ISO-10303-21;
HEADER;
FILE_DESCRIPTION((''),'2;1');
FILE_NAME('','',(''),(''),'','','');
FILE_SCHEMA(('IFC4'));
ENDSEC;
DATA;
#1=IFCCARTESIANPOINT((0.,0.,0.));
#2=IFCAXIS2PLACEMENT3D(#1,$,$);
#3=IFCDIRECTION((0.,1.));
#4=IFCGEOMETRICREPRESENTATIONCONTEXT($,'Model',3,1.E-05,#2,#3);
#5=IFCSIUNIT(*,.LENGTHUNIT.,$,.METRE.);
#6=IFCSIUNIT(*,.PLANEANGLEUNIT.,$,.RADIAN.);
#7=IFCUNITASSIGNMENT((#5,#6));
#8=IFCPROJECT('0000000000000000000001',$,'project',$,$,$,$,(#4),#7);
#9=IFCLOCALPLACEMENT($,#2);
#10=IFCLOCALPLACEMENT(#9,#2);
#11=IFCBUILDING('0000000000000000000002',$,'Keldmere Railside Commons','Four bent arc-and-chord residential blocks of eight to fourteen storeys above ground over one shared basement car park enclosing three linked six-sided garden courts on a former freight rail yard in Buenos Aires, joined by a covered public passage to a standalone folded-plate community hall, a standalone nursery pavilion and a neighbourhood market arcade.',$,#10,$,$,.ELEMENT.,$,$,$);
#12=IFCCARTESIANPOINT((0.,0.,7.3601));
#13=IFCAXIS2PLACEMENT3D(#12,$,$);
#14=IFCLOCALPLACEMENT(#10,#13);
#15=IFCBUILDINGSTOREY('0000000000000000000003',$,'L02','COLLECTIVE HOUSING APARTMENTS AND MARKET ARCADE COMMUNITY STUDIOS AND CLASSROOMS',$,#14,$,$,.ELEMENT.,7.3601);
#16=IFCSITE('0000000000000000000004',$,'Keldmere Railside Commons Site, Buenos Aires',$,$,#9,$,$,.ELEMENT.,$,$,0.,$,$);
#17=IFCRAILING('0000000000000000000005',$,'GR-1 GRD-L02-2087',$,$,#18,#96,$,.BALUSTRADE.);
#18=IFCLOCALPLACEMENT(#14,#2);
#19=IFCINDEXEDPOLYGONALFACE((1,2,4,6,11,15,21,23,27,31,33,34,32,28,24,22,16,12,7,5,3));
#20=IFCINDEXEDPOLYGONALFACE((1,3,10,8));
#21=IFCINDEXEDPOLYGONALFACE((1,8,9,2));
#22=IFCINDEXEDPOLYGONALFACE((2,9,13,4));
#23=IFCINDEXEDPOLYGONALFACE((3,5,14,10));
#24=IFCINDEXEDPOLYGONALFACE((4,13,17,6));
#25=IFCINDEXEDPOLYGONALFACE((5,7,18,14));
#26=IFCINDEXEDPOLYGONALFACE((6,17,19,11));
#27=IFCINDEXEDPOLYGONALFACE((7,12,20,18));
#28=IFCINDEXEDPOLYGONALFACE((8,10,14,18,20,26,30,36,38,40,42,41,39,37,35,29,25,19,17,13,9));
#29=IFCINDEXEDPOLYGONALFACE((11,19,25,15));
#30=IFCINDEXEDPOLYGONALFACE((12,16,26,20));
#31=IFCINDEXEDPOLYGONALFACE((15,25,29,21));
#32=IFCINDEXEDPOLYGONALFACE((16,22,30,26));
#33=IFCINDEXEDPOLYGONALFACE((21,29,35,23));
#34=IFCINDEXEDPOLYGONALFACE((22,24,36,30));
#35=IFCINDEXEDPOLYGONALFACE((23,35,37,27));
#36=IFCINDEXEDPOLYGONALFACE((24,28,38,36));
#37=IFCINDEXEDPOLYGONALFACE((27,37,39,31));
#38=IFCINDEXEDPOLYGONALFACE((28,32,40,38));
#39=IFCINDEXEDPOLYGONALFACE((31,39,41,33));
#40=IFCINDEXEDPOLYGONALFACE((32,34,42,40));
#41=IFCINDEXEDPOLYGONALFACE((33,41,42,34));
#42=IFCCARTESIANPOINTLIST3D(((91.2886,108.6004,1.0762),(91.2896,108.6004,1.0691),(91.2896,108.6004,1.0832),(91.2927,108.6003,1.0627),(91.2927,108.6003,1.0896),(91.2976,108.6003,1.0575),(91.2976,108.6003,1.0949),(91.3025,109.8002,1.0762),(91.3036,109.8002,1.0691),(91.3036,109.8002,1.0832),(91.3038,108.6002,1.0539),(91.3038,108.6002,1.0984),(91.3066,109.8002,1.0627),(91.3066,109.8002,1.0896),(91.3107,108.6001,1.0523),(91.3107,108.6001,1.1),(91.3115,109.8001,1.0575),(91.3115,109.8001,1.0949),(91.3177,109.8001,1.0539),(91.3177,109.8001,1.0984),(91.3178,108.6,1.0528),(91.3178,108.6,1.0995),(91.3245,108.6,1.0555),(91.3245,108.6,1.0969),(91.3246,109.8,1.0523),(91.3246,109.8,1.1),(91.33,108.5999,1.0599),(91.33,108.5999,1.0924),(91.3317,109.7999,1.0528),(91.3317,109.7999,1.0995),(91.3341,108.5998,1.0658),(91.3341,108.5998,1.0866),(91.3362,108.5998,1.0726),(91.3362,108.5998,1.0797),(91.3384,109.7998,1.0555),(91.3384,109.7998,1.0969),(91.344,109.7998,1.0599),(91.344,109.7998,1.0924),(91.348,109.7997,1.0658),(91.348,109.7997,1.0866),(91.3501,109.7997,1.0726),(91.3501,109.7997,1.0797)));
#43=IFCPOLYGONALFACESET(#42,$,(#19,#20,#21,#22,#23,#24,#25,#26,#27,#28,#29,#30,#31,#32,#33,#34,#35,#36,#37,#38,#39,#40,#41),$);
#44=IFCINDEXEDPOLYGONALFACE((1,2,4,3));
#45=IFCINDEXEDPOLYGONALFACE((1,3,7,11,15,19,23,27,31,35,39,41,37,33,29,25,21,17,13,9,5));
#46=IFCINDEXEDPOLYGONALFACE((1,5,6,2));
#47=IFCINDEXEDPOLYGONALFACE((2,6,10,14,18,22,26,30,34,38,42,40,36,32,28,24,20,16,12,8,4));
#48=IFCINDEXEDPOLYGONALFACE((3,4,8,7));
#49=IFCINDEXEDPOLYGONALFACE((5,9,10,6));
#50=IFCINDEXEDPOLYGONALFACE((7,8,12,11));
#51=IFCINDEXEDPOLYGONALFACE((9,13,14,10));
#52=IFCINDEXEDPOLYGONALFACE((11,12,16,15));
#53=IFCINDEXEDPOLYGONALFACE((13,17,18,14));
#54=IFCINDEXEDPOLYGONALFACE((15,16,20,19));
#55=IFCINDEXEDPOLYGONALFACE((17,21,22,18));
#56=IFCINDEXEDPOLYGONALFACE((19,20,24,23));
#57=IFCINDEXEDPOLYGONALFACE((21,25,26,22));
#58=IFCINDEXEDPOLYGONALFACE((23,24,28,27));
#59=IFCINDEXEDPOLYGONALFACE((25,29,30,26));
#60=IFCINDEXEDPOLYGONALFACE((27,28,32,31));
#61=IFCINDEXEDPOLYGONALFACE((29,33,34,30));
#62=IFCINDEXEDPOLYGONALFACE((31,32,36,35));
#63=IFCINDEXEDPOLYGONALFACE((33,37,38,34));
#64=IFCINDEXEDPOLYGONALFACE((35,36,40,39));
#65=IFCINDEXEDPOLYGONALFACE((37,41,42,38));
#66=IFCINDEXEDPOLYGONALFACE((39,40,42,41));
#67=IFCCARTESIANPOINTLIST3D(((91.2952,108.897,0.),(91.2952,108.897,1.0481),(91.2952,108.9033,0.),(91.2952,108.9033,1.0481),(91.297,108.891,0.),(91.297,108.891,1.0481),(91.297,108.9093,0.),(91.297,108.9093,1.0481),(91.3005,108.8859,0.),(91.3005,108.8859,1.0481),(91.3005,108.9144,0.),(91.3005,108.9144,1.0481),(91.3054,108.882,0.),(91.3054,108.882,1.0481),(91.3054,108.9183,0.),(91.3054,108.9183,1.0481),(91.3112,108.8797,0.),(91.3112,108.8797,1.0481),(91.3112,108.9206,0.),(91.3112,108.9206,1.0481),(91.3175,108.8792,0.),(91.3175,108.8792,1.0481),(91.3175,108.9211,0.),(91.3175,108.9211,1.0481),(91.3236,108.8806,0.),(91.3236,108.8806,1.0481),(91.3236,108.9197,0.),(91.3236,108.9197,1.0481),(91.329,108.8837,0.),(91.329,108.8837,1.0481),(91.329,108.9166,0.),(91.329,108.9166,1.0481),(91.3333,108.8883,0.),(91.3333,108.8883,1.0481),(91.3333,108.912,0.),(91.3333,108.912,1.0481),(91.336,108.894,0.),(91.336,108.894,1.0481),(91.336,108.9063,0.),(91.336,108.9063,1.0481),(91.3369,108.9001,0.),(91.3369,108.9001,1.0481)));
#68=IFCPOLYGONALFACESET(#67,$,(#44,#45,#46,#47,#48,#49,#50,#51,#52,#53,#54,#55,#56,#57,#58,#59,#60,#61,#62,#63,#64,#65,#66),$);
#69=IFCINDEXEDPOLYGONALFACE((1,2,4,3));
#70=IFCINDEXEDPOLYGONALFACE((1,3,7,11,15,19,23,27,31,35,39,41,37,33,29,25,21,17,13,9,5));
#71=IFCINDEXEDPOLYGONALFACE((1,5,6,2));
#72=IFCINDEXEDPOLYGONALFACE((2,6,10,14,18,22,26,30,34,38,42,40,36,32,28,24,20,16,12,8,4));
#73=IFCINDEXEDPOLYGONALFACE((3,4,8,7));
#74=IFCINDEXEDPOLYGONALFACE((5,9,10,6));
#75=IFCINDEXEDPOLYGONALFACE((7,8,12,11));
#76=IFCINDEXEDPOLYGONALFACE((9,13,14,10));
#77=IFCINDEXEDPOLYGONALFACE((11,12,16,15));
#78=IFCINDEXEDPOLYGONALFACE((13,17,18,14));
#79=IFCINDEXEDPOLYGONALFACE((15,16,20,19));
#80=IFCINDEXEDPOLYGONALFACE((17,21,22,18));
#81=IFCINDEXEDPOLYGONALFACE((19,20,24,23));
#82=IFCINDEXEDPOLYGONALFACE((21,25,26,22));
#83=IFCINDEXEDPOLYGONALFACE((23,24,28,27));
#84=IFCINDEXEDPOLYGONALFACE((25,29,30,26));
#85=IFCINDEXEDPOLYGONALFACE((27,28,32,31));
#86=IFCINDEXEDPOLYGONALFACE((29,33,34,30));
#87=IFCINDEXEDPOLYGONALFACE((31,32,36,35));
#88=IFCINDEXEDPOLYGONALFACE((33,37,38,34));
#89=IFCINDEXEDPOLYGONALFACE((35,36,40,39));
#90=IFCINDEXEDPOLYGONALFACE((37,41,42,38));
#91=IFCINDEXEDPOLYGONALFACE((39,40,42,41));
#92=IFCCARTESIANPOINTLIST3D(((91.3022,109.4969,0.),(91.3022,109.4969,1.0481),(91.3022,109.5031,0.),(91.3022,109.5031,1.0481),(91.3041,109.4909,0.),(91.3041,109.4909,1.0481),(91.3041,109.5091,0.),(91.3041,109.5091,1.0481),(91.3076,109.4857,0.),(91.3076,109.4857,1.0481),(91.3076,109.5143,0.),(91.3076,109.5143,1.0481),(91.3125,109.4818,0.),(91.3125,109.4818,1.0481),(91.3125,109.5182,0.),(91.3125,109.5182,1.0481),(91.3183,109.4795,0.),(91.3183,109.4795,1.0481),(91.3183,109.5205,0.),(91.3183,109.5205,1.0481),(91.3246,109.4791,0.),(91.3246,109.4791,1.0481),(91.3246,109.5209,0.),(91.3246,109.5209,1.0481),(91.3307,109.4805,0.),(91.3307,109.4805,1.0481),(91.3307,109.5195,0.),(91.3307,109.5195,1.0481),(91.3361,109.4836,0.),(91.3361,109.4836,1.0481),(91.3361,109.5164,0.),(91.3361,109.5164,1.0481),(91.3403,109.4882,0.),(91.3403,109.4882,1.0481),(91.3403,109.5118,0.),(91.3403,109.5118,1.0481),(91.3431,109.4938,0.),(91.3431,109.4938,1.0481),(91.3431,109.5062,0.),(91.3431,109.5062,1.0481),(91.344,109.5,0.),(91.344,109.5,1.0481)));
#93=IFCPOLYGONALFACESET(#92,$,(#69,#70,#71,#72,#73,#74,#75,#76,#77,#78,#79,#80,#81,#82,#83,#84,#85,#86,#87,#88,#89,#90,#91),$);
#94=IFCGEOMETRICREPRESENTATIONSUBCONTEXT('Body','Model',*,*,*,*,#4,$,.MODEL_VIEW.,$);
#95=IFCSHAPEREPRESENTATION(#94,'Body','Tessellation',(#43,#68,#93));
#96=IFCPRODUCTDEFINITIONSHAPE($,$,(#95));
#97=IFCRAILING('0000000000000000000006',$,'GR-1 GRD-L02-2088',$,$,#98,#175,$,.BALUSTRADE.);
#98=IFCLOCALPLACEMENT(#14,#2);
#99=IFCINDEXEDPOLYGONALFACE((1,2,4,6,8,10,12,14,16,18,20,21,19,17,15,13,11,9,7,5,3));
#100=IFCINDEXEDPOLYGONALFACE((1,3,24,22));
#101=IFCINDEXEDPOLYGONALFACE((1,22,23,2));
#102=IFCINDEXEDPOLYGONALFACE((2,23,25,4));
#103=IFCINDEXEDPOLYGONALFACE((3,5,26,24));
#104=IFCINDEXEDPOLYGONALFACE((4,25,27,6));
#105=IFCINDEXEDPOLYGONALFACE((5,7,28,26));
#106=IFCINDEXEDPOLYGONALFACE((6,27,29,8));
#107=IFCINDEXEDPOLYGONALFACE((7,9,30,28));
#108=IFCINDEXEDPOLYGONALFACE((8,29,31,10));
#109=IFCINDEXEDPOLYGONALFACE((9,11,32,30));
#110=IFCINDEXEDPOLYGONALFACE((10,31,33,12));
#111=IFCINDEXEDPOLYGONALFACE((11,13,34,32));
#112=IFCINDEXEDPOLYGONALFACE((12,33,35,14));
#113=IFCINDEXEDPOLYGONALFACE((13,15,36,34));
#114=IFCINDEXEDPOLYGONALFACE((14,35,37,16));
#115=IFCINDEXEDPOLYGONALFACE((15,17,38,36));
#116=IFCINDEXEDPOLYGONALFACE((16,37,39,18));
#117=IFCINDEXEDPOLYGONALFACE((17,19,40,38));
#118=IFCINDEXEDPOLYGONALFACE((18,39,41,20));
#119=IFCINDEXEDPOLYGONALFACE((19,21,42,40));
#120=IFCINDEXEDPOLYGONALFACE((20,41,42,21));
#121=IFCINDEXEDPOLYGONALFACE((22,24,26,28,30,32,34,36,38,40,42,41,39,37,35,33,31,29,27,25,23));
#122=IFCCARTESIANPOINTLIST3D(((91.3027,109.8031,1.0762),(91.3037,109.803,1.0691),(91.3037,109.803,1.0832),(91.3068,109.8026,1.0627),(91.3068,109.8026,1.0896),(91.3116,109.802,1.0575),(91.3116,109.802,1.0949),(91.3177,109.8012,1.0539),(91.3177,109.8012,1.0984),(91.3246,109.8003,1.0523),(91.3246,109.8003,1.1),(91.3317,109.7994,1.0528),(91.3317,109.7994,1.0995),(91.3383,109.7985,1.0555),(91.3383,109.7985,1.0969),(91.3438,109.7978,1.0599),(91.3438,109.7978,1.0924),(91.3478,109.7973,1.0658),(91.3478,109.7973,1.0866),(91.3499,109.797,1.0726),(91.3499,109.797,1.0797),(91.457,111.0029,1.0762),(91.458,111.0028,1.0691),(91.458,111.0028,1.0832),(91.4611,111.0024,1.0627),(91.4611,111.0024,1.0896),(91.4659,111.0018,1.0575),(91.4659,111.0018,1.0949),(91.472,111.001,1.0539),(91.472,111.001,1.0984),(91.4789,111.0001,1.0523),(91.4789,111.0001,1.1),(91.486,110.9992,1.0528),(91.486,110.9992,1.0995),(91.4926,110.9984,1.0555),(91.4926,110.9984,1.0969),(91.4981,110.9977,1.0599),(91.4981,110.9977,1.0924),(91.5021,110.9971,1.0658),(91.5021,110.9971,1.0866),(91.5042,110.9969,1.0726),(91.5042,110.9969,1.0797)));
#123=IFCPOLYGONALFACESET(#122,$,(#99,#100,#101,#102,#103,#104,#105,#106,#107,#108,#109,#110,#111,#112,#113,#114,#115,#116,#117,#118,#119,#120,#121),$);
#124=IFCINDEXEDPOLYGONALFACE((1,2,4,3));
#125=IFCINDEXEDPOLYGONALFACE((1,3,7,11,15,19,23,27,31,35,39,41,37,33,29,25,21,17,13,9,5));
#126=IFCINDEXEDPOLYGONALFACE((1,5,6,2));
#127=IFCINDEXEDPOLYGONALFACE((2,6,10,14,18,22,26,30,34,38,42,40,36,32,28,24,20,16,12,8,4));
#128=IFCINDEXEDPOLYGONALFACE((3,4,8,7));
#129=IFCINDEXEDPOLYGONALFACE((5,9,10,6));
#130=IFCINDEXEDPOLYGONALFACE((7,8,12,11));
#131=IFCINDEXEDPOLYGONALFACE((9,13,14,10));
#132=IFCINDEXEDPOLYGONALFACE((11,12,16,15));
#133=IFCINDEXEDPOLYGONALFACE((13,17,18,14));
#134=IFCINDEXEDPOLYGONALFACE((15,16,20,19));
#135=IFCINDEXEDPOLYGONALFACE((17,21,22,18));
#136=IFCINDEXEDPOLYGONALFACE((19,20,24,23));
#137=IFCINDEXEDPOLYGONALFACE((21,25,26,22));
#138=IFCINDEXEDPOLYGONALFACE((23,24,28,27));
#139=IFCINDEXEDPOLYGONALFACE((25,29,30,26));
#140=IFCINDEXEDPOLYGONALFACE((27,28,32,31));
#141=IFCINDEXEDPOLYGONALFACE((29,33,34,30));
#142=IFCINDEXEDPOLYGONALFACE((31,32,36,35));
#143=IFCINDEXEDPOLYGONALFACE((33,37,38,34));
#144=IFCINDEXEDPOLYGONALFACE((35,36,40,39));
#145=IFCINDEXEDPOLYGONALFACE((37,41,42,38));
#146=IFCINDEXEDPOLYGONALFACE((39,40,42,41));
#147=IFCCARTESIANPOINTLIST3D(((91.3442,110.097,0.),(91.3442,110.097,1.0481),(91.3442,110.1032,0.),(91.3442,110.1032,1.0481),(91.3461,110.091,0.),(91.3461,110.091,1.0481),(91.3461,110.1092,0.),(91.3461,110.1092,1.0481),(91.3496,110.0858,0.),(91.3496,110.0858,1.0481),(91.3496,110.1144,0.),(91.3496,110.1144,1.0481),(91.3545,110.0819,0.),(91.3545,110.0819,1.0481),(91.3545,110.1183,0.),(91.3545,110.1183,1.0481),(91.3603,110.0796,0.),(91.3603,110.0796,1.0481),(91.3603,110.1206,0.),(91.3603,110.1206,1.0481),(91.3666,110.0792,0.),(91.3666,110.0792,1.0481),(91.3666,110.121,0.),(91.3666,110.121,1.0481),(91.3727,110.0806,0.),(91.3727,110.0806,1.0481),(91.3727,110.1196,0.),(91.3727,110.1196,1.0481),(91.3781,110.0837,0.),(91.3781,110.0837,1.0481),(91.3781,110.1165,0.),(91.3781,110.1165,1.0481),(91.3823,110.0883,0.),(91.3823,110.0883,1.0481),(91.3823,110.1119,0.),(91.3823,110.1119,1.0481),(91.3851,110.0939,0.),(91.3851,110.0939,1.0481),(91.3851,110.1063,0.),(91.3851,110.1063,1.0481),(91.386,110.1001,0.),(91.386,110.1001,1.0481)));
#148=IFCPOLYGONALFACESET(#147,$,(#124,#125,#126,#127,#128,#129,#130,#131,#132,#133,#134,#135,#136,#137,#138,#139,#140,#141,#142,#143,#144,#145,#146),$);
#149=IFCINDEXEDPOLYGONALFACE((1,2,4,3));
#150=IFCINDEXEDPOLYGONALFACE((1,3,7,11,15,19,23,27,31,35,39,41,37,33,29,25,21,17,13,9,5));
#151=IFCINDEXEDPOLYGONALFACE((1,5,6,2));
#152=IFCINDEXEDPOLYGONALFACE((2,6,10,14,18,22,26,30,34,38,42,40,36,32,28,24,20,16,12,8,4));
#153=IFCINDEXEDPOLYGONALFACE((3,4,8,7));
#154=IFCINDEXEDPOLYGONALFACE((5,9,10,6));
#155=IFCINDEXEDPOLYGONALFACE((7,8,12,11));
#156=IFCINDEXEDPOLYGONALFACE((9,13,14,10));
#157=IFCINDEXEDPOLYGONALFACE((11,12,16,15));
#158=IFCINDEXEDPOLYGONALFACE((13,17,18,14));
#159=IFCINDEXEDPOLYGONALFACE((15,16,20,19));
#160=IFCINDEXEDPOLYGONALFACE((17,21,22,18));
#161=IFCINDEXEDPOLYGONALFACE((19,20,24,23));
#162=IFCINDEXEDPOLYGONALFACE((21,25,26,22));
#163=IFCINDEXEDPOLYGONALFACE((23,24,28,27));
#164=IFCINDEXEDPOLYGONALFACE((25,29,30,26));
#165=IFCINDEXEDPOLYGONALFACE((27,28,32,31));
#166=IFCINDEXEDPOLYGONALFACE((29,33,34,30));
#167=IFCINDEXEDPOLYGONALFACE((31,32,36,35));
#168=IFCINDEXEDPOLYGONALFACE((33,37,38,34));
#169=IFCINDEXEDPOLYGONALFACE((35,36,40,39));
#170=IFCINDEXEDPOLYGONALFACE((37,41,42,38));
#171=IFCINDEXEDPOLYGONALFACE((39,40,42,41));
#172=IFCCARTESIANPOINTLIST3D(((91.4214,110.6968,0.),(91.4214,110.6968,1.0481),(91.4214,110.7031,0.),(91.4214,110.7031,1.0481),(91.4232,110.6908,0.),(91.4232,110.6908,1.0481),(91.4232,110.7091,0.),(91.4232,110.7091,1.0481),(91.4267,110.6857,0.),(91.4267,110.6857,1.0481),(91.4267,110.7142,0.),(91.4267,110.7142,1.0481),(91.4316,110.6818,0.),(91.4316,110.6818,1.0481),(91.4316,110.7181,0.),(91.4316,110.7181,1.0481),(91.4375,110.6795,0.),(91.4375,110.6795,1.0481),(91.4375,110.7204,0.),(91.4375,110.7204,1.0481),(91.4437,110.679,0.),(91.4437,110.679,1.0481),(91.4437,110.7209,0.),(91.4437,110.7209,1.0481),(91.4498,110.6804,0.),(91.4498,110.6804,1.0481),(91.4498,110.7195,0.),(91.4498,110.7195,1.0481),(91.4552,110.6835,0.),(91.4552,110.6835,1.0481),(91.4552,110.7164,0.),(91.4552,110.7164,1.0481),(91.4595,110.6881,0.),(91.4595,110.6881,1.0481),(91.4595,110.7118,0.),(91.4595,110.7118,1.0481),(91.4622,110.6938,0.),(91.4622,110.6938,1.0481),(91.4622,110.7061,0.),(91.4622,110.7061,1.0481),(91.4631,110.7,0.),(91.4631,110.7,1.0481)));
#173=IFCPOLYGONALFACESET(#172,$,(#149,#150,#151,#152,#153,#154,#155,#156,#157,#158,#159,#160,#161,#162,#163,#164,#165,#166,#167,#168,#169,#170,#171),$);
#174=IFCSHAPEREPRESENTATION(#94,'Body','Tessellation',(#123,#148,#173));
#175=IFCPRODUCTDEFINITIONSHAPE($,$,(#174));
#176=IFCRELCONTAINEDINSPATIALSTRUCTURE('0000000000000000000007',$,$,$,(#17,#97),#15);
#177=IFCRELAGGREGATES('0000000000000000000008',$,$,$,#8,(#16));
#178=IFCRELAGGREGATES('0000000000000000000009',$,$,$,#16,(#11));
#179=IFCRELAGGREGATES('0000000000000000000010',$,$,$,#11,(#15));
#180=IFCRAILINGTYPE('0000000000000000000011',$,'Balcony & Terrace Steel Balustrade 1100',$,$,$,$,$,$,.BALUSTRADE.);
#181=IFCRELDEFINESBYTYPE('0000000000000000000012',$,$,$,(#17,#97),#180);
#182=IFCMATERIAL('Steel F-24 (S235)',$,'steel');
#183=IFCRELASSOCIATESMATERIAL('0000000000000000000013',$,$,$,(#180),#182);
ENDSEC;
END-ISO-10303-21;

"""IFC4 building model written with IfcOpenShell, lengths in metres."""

from ifc_helpers import new_model, si_unit, direction, frame, origin, origin_2d, place, context, subcontext, project, spatial, circle, extrude, material, type_object, element, save


model = new_model("IFC4")

# Units and contexts
model_context = context("Model", 3, precision=1e-05, world=origin(), true_north=direction((0.0, 1.0)))
body_context = subcontext(model_context, "Body", "Model", "MODEL_VIEW")
ifc_project = project(units=[si_unit("LENGTHUNIT", "METRE"), si_unit("PLANEANGLEUNIT", "RADIAN")], contexts=[model_context])

# Site, building, storey
site_placement = place(None, origin())
site = spatial("IfcSite", under=ifc_project, at=site_placement, Name="Keldmere Railside Commons Site, Buenos Aires", CompositionType="ELEMENT", RefElevation=0.0)
building_placement = place(site_placement, origin())
building = spatial("IfcBuilding", under=site, at=building_placement, Name="Keldmere Railside Commons", Description="Four bent arc-and-chord residential blocks of eight to fourteen storeys above ground over one shared basement car park enclosing three linked six-sided garden courts on a former freight rail yard in Buenos Aires, joined by a covered public passage to a standalone folded-plate community hall, a standalone nursery pavilion and a neighbourhood market arcade.", CompositionType="ELEMENT")
storey_placement = place(building_placement, frame((0.0, 0.0, 7.3601)))
storey = spatial("IfcBuildingStorey", under=building, at=storey_placement, Name="L02", Description="COLLECTIVE HOUSING APARTMENTS AND MARKET ARCADE COMMUNITY STUDIOS AND CLASSROOMS", CompositionType="ELEMENT", Elevation=7.3601)

# Railings
ifc_material_1 = material(Name="Steel F-24 (S235)", Category="steel")
railing_type = type_object("IfcRailingType", Name="Balcony & Terrace Steel Balustrade 1100", PredefinedType="BALUSTRADE", material=ifc_material_1)
railing_1_placement = place(storey_placement, frame((91.3125, 108.6001, 0.0)))
element("IfcRailing", 1, at=railing_1_placement, inside=storey, type_object=railing_type, Name="GR-1 GRD-L02-2087", PredefinedType="BALUSTRADE", context=body_context, shape_type="SweptSolid", body=[
    extrude(circle(Radius=0.0239, at=origin_2d()), frame((0.0, 0.0, 1.0762), z_axis=(0.011596, 0.999933, 0.0), x_axis=(-0.999933, 0.011596, 0.0)), (0.0, 0.0, 1.0), 1.2),
    extrude(circle(Radius=0.021, at=origin_2d()), frame((0.0034, 0.3, 0.0)), (0.0, 0.0, 1.0), 1.0481),
    extrude(circle(Radius=0.021, at=origin_2d()), frame((0.0105, 0.8999, 0.0)), (0.0, 0.0, 1.0), 1.0481),
])
railing_2_placement = place(storey_placement, frame((91.3264, 109.8, 0.0)))
element("IfcRailing", 2, at=railing_2_placement, inside=storey, type_object=railing_type, Name="GR-1 GRD-L02-2088", PredefinedType="BALUSTRADE", context=body_context, shape_type="SweptSolid", body=[
    extrude(circle(Radius=0.0239, at=origin_2d()), frame((0.0, 0.0, 1.0762), z_axis=(0.127536, 0.991834, 0.0), x_axis=(-0.991834, 0.127536, 0.0)), (0.0, 0.0, 1.0), 1.2097),
    extrude(circle(Radius=0.021, at=origin_2d()), frame((0.0386, 0.3, 0.0)), (0.0, 0.0, 1.0), 1.0481),
    extrude(circle(Radius=0.021, at=origin_2d()), frame((0.1157, 0.8999, 0.0)), (0.0, 0.0, 1.0), 1.0481),
])

save(model, "model.ifc")
